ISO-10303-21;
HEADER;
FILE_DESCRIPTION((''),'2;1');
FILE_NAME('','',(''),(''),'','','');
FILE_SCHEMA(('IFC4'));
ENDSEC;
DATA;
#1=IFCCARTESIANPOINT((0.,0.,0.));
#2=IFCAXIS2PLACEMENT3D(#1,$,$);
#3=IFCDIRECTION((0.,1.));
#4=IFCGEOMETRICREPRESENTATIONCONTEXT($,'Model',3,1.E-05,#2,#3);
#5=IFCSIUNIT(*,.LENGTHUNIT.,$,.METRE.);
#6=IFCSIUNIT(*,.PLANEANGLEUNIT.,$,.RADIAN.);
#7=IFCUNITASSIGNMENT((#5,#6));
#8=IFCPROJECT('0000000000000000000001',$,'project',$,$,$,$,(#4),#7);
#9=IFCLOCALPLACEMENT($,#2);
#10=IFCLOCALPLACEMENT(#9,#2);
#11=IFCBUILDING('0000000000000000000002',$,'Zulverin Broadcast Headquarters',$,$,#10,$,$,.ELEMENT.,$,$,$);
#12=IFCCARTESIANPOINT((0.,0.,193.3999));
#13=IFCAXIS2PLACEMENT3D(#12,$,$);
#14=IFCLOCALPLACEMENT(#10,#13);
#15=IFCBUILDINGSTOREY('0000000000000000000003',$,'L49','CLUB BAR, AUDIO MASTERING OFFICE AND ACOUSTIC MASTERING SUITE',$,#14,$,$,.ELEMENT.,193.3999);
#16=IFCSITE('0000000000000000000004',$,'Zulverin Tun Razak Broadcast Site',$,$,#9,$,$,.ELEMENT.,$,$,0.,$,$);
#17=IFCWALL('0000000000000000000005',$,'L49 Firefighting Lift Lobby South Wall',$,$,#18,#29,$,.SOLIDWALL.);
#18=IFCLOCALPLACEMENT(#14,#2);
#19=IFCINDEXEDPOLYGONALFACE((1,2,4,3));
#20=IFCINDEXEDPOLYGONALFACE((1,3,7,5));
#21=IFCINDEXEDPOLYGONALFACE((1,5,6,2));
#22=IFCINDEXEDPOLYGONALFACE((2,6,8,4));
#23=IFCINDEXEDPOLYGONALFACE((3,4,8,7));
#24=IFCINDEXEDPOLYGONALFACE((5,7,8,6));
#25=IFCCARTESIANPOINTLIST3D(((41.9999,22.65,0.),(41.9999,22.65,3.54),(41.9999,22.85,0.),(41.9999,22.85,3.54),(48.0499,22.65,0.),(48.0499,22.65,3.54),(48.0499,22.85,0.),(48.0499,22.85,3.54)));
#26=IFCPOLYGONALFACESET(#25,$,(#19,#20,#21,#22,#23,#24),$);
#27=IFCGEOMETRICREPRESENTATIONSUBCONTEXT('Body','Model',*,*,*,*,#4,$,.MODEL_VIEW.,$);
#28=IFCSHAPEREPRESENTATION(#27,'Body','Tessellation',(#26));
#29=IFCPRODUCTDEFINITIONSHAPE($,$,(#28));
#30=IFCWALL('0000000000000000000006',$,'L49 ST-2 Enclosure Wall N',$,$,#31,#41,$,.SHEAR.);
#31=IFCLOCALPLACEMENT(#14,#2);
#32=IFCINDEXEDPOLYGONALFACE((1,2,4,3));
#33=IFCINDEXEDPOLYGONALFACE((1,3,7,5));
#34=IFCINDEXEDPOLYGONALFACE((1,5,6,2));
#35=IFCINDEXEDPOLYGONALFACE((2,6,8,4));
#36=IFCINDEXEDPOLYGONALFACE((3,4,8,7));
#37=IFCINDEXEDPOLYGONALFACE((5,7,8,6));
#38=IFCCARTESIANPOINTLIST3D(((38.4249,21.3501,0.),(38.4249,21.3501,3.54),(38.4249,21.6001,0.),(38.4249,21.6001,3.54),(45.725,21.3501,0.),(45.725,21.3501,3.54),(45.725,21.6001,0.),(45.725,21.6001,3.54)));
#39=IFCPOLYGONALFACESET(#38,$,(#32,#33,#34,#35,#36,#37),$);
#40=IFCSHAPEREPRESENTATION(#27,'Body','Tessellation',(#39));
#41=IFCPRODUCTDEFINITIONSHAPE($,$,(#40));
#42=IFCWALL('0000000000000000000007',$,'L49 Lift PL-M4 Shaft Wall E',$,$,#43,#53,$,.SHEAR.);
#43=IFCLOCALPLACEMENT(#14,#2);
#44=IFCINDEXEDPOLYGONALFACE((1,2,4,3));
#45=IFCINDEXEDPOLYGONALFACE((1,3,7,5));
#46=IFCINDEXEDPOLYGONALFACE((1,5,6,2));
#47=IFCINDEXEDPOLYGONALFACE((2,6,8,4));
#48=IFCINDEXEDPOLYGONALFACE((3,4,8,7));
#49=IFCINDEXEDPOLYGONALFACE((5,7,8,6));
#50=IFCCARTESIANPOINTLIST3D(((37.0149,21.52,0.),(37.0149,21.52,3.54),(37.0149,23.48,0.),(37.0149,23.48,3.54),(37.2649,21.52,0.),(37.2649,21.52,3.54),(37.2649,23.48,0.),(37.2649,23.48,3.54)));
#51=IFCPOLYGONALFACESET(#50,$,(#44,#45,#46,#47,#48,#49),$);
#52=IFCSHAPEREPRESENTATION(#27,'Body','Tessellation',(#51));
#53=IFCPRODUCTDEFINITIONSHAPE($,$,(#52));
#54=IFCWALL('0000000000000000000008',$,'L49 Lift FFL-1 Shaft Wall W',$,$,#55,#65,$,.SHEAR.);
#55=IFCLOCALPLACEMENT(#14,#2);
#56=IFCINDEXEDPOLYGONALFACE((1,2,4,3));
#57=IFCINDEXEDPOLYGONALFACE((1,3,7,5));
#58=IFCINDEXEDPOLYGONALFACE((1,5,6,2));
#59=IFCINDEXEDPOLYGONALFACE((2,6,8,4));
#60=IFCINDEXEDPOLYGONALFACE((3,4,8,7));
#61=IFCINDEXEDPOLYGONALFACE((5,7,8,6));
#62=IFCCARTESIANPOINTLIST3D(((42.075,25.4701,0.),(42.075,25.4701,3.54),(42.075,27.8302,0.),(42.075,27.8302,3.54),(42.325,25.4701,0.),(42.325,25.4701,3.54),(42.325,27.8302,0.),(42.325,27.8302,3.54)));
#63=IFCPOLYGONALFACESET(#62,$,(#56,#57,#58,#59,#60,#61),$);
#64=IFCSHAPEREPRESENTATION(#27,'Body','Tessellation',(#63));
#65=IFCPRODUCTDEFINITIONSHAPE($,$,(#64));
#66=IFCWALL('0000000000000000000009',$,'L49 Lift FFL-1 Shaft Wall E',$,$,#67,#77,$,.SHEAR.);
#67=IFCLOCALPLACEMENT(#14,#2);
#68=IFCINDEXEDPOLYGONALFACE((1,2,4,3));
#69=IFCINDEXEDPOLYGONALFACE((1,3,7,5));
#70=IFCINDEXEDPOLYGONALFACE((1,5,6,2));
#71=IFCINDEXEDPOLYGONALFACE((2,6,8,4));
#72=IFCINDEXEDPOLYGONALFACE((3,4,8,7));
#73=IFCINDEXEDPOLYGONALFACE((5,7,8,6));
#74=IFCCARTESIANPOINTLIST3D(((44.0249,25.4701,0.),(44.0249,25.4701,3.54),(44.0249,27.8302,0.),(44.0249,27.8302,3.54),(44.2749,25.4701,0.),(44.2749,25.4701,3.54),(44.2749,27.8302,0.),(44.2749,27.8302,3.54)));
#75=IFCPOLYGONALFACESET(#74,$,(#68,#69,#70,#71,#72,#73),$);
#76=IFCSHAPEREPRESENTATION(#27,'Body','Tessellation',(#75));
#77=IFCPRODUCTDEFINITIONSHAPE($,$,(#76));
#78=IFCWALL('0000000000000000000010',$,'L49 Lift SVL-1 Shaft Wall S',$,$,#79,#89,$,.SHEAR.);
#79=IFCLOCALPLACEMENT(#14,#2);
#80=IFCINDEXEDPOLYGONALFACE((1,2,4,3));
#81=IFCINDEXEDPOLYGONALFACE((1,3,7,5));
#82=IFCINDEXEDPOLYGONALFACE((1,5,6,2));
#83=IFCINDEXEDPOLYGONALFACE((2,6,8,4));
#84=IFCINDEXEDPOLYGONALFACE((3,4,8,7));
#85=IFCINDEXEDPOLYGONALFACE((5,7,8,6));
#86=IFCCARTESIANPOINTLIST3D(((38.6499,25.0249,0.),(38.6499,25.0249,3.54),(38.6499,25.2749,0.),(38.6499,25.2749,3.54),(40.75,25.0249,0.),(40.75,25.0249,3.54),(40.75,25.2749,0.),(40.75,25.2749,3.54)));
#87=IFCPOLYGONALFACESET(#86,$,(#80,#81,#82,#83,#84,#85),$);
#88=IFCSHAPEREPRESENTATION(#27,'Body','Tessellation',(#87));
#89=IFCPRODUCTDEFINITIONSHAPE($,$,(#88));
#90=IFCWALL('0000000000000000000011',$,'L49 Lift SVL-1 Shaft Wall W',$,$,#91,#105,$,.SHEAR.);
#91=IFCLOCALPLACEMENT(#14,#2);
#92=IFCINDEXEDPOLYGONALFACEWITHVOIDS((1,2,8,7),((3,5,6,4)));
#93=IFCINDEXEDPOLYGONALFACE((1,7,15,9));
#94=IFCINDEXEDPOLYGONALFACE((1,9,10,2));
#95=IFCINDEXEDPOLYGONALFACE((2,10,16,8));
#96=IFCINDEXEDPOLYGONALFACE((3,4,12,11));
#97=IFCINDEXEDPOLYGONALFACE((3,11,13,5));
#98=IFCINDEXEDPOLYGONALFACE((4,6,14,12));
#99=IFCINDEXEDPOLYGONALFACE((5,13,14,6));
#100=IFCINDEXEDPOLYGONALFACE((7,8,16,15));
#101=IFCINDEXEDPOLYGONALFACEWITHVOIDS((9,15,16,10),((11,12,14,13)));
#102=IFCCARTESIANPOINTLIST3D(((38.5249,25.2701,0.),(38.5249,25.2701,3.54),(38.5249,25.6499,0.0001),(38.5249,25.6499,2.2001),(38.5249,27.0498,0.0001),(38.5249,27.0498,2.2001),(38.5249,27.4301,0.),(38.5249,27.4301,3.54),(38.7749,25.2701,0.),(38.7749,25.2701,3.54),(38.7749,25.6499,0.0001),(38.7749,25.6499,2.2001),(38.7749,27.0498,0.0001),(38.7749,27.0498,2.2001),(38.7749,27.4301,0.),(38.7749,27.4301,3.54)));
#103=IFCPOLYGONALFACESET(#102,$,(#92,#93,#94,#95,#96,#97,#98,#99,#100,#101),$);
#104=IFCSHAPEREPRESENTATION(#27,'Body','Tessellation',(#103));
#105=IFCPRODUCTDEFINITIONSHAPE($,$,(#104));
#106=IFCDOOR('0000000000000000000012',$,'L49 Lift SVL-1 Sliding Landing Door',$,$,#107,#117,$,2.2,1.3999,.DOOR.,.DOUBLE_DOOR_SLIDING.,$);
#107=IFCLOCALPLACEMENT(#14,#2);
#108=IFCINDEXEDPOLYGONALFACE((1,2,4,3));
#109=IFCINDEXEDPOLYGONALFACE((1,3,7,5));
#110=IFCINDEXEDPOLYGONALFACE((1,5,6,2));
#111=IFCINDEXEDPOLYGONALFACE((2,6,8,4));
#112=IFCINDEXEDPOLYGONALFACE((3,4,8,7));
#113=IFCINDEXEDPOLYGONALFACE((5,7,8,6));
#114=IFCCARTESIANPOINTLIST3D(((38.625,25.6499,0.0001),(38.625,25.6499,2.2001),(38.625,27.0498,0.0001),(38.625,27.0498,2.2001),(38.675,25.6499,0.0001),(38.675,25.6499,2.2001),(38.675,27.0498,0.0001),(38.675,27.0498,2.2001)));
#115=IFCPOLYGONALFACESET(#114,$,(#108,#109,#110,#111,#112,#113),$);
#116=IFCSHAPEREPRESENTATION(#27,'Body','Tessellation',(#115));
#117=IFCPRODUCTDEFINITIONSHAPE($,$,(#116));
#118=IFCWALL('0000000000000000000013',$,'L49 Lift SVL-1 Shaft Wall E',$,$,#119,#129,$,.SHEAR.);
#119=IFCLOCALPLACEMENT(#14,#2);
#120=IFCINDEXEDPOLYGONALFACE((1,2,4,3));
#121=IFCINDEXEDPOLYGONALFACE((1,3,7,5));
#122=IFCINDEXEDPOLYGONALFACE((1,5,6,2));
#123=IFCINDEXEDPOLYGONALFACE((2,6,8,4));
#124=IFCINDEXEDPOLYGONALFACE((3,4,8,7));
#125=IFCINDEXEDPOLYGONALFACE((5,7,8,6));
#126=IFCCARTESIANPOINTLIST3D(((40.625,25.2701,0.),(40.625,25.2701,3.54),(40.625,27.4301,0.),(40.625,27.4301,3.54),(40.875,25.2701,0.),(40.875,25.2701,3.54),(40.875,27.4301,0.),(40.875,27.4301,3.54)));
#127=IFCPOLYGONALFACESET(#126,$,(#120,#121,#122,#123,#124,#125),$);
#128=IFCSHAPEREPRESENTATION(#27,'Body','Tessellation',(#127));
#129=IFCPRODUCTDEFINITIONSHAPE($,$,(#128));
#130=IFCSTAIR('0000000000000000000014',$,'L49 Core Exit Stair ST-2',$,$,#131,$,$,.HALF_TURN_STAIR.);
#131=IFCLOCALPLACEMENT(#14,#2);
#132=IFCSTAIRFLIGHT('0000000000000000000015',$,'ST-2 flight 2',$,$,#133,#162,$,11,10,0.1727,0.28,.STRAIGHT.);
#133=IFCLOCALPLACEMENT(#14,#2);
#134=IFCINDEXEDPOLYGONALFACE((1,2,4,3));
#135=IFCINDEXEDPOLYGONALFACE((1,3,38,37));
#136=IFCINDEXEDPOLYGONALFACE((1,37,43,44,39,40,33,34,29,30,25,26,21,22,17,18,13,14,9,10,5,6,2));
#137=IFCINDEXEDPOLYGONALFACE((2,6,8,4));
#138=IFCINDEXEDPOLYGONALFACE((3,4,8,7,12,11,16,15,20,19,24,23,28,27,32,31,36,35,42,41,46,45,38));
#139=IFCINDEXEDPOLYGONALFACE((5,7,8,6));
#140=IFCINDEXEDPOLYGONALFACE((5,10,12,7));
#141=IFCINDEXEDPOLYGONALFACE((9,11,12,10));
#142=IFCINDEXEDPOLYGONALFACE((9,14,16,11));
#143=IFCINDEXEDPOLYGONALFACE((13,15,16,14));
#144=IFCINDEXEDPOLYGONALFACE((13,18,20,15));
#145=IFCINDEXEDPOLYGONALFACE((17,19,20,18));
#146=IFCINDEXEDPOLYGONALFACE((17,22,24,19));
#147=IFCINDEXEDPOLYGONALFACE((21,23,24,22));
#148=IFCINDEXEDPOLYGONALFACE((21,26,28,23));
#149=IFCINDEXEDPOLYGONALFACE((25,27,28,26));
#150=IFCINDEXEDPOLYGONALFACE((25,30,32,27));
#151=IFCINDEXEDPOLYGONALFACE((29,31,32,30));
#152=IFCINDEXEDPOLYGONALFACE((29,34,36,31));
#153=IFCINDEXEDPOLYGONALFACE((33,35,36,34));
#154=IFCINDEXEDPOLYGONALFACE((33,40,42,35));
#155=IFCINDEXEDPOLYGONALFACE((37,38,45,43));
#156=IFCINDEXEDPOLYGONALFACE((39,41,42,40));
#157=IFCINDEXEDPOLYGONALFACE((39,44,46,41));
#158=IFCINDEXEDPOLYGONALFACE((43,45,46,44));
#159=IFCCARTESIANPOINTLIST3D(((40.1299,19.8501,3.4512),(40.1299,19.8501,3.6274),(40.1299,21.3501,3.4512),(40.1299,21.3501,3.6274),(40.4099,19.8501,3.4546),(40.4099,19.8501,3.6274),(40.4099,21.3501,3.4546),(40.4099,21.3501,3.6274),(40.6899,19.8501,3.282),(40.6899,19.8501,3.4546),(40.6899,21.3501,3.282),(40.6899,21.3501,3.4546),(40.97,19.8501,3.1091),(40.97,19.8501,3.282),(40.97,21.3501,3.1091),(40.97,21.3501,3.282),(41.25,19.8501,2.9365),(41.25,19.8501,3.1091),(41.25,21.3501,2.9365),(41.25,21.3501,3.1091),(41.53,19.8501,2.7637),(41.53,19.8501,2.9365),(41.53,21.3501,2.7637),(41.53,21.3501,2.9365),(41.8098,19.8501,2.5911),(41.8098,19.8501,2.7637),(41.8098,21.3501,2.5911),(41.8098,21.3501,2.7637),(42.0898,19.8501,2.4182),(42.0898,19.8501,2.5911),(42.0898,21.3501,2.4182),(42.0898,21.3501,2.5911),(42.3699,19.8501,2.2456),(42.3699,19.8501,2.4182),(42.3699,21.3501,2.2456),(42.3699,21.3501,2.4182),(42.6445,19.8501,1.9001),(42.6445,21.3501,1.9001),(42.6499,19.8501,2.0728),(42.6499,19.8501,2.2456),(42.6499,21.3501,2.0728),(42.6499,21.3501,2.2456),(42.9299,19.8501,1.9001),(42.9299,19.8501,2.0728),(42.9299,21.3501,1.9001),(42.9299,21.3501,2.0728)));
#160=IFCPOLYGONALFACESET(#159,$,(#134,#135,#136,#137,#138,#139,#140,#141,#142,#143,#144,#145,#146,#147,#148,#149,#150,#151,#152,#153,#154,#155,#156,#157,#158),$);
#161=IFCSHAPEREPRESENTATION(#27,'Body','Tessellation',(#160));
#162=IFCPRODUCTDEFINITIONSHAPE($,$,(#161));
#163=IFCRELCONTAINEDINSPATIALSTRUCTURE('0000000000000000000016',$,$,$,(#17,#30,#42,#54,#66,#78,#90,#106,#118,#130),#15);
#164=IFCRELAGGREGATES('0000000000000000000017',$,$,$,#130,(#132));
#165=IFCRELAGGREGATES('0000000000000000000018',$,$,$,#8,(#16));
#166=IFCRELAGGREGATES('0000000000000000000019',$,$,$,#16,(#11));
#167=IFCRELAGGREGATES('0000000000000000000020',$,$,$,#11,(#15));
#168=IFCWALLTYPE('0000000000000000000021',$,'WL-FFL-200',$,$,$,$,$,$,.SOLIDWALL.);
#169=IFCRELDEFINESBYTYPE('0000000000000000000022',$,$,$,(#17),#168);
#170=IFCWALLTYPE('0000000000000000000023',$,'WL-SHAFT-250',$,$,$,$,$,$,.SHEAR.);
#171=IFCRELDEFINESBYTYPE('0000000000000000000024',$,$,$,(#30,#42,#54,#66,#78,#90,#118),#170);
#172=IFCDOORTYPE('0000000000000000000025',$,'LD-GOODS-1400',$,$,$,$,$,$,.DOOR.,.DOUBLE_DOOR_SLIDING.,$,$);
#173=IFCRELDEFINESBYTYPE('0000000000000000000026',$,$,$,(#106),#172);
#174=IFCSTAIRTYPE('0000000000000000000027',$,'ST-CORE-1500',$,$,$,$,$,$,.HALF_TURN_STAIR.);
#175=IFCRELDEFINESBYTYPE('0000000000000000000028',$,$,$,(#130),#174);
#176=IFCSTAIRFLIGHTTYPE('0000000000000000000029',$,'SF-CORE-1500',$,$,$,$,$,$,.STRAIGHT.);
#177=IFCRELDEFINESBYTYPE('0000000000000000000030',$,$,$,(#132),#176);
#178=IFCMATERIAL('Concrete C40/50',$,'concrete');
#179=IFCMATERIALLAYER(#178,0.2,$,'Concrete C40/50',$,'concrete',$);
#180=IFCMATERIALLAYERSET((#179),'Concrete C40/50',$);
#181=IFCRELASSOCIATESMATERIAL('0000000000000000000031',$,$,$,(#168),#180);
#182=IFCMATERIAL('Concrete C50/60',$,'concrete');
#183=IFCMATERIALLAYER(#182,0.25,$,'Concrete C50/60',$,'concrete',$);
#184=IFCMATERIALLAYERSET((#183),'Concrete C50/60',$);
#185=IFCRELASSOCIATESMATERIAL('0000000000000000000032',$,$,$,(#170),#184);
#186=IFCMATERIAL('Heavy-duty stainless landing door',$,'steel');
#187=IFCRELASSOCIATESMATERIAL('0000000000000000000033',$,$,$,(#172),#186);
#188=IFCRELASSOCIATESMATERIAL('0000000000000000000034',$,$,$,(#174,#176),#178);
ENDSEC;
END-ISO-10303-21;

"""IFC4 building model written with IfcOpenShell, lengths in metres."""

from ifc_helpers import new_model, si_unit, direction, frame, frame_2d, origin, place, context, subcontext, project, spatial, polyline, rectangle, outline, extrude, material, layer, layer_set, type_object, element, fill, aggregate, save


model = new_model("IFC4")

# Units and contexts
model_context = context("Model", 3, precision=1e-05, world=origin(), true_north=direction((0.0, 1.0)))
body_context = subcontext(model_context, "Body", "Model", "MODEL_VIEW")
ifc_project = project(units=[si_unit("LENGTHUNIT", "METRE"), si_unit("PLANEANGLEUNIT", "RADIAN")], contexts=[model_context])

# Site, building, storey
site_placement = place(None, origin())
site = spatial("IfcSite", under=ifc_project, at=site_placement, Name="Zulverin Tun Razak Broadcast Site", CompositionType="ELEMENT", RefElevation=0.0)
building_placement = place(site_placement, origin())
building = spatial("IfcBuilding", under=site, at=building_placement, Name="Zulverin Broadcast Headquarters", CompositionType="ELEMENT")
storey_placement = place(building_placement, frame((0.0, 0.0, 193.3999)))
storey = spatial("IfcBuildingStorey", under=building, at=storey_placement, Name="L49", Description="CLUB BAR, AUDIO MASTERING OFFICE AND ACOUSTIC MASTERING SUITE", CompositionType="ELEMENT", Elevation=193.3999)

# Shared definitions
ifc_material_1 = material(Name="Concrete C40/50", Category="concrete")
ifc_layer_1 = layer(ifc_material_1, 0.2, Name="Concrete C40/50", Category="concrete")
ifc_layer_set_1 = layer_set([ifc_layer_1], Name="Concrete C40/50")
wall_type_1 = type_object("IfcWallType", Name="WL-FFL-200", PredefinedType="SOLIDWALL", material=ifc_layer_set_1)

# Wall
wall_1_placement = place(storey_placement, frame((42.0, 22.75, 0.0), z_axis=(0.0, 0.0, 1.0), x_axis=(1.0, 0.0, 0.0)))
element("IfcWall", 1, at=wall_1_placement, inside=storey, type_object=wall_type_1, Name="L49 Firefighting Lift Lobby South Wall", PredefinedType="SOLIDWALL", context=body_context, shape_type="SweptSolid", body=[
    extrude(rectangle(XDim=6.05, YDim=0.2, at=frame_2d((3.0249, 0.0))), origin(), (0.0, 0.0, 1.0), 3.54),
])

# Walls
ifc_material_2 = material(Name="Concrete C50/60", Category="concrete")
ifc_layer_2 = layer(ifc_material_2, 0.25, Name="Concrete C50/60", Category="concrete")
ifc_layer_set_2 = layer_set([ifc_layer_2], Name="Concrete C50/60")
wall_type_2 = type_object("IfcWallType", Name="WL-SHAFT-250", PredefinedType="SHEAR", material=ifc_layer_set_2)
wall_2_placement = place(storey_placement, frame((38.425, 21.4751, 0.0), z_axis=(0.0, 0.0, 1.0), x_axis=(1.0, 0.0, 0.0)))
element("IfcWall", 2, at=wall_2_placement, inside=storey, type_object=wall_type_2, Name="L49 ST-2 Enclosure Wall N", PredefinedType="SHEAR", context=body_context, shape_type="SweptSolid", body=[
    extrude(rectangle(XDim=7.3, YDim=0.25, at=frame_2d((3.6499, 0.0))), origin(), (0.0, 0.0, 1.0), 3.54),
])
wall_3_placement = place(storey_placement, frame((37.1399, 21.52, 0.0), z_axis=(0.0, 0.0, 1.0), x_axis=(0.0, 1.0, 0.0)))
element("IfcWall", 3, at=wall_3_placement, inside=storey, type_object=wall_type_2, Name="L49 Lift PL-M4 Shaft Wall E", PredefinedType="SHEAR", context=body_context, shape_type="SweptSolid", body=[
    extrude(rectangle(XDim=1.96, YDim=0.25, at=frame_2d((0.98, 0.0))), origin(), (0.0, 0.0, 1.0), 3.54),
])

# Walls
for number, where, z_axis, x_axis, name in (
    (4, (42.2, 25.47, 0.0), (0.0, 0.0, 1.0), (0.0, 1.0, 0.0), "L49 Lift FFL-1 Shaft Wall W"),
    (5, (44.1499, 25.47, 0.0), (0.0, 0.0, 1.0), (0.0, 1.0, 0.0), "L49 Lift FFL-1 Shaft Wall E"),
):
    element("IfcWall", number, at=place(storey_placement, frame(where, z_axis=z_axis, x_axis=x_axis)), inside=storey, type_object=wall_type_2, Name=name, PredefinedType="SHEAR", context=body_context, shape_type="SweptSolid", body=[
        extrude(rectangle(XDim=2.3601, YDim=0.25, at=frame_2d((1.1802, 0.0))), origin(), (0.0, 0.0, 1.0), 3.54),
    ])

# Wall
wall_4_placement = place(storey_placement, frame((38.6499, 25.1499, 0.0), z_axis=(0.0, 0.0, 1.0), x_axis=(1.0, 0.0, 0.0)))
element("IfcWall", 6, at=wall_4_placement, inside=storey, type_object=wall_type_2, Name="L49 Lift SVL-1 Shaft Wall S", PredefinedType="SHEAR", context=body_context, shape_type="SweptSolid", body=[
    extrude(rectangle(XDim=2.1001, YDim=0.25, at=frame_2d((1.05, 0.0))), origin(), (0.0, 0.0, 1.0), 3.54),
])

# Wall, opening, door
wall_5_placement = place(storey_placement, frame((38.6499, 25.27, 0.0), z_axis=(0.0, 0.0, 1.0), x_axis=(0.0, 1.0, 0.0)))
wall_5 = element("IfcWall", 7, at=wall_5_placement, inside=storey, type_object=wall_type_2, Name="L49 Lift SVL-1 Shaft Wall W", PredefinedType="SHEAR", context=body_context, shape_type="SweptSolid", body=[
    extrude(rectangle(XDim=2.1599, YDim=0.25, at=frame_2d((1.0801, 0.0))), origin(), (0.0, 0.0, 1.0), 3.54),
])
opening_1_placement = place(wall_5_placement, frame((0.3799, 0.0, 0.0)))
opening_1 = element("IfcOpeningElement", 8, at=opening_1_placement, cuts=wall_5, PredefinedType="OPENING", context=body_context, shape_type="SweptSolid", body=[
    extrude(rectangle(XDim=1.3999, YDim=2.2, at=frame_2d((0.7, 1.1001))), frame((0.0, 0.135, 0.0), z_axis=(0.0, -1.0, 0.0), x_axis=(1.0, 0.0, 0.0)), (0.0, 0.0, 1.0), 0.27),
])
ifc_material_3 = material(Name="Heavy-duty stainless landing door", Category="steel")
door_type_1 = type_object("IfcDoorType", Name="LD-GOODS-1400", OperationType="DOUBLE_DOOR_SLIDING", PredefinedType="DOOR", material=ifc_material_3)
door_1_placement = place(opening_1_placement, origin())
door_1 = element("IfcDoor", 9, at=door_1_placement, inside=storey, type_object=door_type_1, Name="L49 Lift SVL-1 Sliding Landing Door", OperationType="DOUBLE_DOOR_SLIDING", OverallHeight=2.2, OverallWidth=1.3999, PredefinedType="DOOR", context=body_context, shape_type="SweptSolid", body=[
    extrude(rectangle(XDim=1.3999, YDim=2.2, at=frame_2d((0.7, 1.1001))), frame((0.0, 0.0249, 0.0), z_axis=(0.0, -1.0, 0.0), x_axis=(1.0, 0.0, 0.0)), (0.0, 0.0, 1.0), 0.05),
])
fill(opening_1, door_1)

# Wall
wall_6_placement = place(storey_placement, frame((40.75, 25.27, 0.0), z_axis=(0.0, 0.0, 1.0), x_axis=(0.0, 1.0, 0.0)))
element("IfcWall", 10, at=wall_6_placement, inside=storey, type_object=wall_type_2, Name="L49 Lift SVL-1 Shaft Wall E", PredefinedType="SHEAR", context=body_context, shape_type="SweptSolid", body=[
    extrude(rectangle(XDim=2.1599, YDim=0.25, at=frame_2d((1.0801, 0.0))), origin(), (0.0, 0.0, 1.0), 3.54),
])

# Stair, stair flight
stair_type = type_object("IfcStairType", Name="ST-CORE-1500", PredefinedType="HALF_TURN_STAIR", material=ifc_material_1)
stair_placement = place(storey_placement, origin())
stair = element("IfcStair", 11, at=stair_placement, inside=storey, type_object=stair_type, Name="L49 Core Exit Stair ST-2", PredefinedType="HALF_TURN_STAIR")
stair_flight_type = type_object("IfcStairFlightType", Name="SF-CORE-1500", PredefinedType="STRAIGHT", material=ifc_material_1)
stair_flight_placement = place(storey_placement, frame((42.9299, 20.6001, 1.9001), z_axis=(0.0, 0.0, 1.0), x_axis=(-1.0, 0.0, 0.0)))
stair_flight = element("IfcStairFlight", 12, at=stair_flight_placement, type_object=stair_flight_type, Name="ST-2 flight 2", NumberOfRisers=11, NumberOfTreads=10, PredefinedType="STRAIGHT", RiserHeight=0.1727, TreadLength=0.28, context=body_context, shape_type="SweptSolid", body=[
    extrude(outline(polyline([(0.0, 0.0), (0.0, 0.1726), (0.28, 0.1726), (0.28, 0.3455), (0.5601, 0.3455), (0.5601, 0.5181), (0.8401, 0.5181), (0.8401, 0.6909), (1.1201, 0.6909), (1.1201, 0.8635), (1.3999, 0.8635), (1.3999, 1.0364), (1.6799, 1.0364), (1.6799, 1.209), (1.96, 1.209), (1.96, 1.3818), (2.24, 1.3818), (2.24, 1.5544), (2.52, 1.5544), (2.52, 1.7273), (2.8, 1.7273), (2.8, 1.8999), (2.8, 1.551), (0.2854, 0.0), (0.0, 0.0)])), frame((0.0, 0.75, 0.0), z_axis=(0.0, -1.0, 0.0), x_axis=(1.0, 0.0, 0.0)), (0.0, 0.0, 1.0), 1.5),
])
aggregate(stair, [stair_flight])

save(model, "model.ifc")
